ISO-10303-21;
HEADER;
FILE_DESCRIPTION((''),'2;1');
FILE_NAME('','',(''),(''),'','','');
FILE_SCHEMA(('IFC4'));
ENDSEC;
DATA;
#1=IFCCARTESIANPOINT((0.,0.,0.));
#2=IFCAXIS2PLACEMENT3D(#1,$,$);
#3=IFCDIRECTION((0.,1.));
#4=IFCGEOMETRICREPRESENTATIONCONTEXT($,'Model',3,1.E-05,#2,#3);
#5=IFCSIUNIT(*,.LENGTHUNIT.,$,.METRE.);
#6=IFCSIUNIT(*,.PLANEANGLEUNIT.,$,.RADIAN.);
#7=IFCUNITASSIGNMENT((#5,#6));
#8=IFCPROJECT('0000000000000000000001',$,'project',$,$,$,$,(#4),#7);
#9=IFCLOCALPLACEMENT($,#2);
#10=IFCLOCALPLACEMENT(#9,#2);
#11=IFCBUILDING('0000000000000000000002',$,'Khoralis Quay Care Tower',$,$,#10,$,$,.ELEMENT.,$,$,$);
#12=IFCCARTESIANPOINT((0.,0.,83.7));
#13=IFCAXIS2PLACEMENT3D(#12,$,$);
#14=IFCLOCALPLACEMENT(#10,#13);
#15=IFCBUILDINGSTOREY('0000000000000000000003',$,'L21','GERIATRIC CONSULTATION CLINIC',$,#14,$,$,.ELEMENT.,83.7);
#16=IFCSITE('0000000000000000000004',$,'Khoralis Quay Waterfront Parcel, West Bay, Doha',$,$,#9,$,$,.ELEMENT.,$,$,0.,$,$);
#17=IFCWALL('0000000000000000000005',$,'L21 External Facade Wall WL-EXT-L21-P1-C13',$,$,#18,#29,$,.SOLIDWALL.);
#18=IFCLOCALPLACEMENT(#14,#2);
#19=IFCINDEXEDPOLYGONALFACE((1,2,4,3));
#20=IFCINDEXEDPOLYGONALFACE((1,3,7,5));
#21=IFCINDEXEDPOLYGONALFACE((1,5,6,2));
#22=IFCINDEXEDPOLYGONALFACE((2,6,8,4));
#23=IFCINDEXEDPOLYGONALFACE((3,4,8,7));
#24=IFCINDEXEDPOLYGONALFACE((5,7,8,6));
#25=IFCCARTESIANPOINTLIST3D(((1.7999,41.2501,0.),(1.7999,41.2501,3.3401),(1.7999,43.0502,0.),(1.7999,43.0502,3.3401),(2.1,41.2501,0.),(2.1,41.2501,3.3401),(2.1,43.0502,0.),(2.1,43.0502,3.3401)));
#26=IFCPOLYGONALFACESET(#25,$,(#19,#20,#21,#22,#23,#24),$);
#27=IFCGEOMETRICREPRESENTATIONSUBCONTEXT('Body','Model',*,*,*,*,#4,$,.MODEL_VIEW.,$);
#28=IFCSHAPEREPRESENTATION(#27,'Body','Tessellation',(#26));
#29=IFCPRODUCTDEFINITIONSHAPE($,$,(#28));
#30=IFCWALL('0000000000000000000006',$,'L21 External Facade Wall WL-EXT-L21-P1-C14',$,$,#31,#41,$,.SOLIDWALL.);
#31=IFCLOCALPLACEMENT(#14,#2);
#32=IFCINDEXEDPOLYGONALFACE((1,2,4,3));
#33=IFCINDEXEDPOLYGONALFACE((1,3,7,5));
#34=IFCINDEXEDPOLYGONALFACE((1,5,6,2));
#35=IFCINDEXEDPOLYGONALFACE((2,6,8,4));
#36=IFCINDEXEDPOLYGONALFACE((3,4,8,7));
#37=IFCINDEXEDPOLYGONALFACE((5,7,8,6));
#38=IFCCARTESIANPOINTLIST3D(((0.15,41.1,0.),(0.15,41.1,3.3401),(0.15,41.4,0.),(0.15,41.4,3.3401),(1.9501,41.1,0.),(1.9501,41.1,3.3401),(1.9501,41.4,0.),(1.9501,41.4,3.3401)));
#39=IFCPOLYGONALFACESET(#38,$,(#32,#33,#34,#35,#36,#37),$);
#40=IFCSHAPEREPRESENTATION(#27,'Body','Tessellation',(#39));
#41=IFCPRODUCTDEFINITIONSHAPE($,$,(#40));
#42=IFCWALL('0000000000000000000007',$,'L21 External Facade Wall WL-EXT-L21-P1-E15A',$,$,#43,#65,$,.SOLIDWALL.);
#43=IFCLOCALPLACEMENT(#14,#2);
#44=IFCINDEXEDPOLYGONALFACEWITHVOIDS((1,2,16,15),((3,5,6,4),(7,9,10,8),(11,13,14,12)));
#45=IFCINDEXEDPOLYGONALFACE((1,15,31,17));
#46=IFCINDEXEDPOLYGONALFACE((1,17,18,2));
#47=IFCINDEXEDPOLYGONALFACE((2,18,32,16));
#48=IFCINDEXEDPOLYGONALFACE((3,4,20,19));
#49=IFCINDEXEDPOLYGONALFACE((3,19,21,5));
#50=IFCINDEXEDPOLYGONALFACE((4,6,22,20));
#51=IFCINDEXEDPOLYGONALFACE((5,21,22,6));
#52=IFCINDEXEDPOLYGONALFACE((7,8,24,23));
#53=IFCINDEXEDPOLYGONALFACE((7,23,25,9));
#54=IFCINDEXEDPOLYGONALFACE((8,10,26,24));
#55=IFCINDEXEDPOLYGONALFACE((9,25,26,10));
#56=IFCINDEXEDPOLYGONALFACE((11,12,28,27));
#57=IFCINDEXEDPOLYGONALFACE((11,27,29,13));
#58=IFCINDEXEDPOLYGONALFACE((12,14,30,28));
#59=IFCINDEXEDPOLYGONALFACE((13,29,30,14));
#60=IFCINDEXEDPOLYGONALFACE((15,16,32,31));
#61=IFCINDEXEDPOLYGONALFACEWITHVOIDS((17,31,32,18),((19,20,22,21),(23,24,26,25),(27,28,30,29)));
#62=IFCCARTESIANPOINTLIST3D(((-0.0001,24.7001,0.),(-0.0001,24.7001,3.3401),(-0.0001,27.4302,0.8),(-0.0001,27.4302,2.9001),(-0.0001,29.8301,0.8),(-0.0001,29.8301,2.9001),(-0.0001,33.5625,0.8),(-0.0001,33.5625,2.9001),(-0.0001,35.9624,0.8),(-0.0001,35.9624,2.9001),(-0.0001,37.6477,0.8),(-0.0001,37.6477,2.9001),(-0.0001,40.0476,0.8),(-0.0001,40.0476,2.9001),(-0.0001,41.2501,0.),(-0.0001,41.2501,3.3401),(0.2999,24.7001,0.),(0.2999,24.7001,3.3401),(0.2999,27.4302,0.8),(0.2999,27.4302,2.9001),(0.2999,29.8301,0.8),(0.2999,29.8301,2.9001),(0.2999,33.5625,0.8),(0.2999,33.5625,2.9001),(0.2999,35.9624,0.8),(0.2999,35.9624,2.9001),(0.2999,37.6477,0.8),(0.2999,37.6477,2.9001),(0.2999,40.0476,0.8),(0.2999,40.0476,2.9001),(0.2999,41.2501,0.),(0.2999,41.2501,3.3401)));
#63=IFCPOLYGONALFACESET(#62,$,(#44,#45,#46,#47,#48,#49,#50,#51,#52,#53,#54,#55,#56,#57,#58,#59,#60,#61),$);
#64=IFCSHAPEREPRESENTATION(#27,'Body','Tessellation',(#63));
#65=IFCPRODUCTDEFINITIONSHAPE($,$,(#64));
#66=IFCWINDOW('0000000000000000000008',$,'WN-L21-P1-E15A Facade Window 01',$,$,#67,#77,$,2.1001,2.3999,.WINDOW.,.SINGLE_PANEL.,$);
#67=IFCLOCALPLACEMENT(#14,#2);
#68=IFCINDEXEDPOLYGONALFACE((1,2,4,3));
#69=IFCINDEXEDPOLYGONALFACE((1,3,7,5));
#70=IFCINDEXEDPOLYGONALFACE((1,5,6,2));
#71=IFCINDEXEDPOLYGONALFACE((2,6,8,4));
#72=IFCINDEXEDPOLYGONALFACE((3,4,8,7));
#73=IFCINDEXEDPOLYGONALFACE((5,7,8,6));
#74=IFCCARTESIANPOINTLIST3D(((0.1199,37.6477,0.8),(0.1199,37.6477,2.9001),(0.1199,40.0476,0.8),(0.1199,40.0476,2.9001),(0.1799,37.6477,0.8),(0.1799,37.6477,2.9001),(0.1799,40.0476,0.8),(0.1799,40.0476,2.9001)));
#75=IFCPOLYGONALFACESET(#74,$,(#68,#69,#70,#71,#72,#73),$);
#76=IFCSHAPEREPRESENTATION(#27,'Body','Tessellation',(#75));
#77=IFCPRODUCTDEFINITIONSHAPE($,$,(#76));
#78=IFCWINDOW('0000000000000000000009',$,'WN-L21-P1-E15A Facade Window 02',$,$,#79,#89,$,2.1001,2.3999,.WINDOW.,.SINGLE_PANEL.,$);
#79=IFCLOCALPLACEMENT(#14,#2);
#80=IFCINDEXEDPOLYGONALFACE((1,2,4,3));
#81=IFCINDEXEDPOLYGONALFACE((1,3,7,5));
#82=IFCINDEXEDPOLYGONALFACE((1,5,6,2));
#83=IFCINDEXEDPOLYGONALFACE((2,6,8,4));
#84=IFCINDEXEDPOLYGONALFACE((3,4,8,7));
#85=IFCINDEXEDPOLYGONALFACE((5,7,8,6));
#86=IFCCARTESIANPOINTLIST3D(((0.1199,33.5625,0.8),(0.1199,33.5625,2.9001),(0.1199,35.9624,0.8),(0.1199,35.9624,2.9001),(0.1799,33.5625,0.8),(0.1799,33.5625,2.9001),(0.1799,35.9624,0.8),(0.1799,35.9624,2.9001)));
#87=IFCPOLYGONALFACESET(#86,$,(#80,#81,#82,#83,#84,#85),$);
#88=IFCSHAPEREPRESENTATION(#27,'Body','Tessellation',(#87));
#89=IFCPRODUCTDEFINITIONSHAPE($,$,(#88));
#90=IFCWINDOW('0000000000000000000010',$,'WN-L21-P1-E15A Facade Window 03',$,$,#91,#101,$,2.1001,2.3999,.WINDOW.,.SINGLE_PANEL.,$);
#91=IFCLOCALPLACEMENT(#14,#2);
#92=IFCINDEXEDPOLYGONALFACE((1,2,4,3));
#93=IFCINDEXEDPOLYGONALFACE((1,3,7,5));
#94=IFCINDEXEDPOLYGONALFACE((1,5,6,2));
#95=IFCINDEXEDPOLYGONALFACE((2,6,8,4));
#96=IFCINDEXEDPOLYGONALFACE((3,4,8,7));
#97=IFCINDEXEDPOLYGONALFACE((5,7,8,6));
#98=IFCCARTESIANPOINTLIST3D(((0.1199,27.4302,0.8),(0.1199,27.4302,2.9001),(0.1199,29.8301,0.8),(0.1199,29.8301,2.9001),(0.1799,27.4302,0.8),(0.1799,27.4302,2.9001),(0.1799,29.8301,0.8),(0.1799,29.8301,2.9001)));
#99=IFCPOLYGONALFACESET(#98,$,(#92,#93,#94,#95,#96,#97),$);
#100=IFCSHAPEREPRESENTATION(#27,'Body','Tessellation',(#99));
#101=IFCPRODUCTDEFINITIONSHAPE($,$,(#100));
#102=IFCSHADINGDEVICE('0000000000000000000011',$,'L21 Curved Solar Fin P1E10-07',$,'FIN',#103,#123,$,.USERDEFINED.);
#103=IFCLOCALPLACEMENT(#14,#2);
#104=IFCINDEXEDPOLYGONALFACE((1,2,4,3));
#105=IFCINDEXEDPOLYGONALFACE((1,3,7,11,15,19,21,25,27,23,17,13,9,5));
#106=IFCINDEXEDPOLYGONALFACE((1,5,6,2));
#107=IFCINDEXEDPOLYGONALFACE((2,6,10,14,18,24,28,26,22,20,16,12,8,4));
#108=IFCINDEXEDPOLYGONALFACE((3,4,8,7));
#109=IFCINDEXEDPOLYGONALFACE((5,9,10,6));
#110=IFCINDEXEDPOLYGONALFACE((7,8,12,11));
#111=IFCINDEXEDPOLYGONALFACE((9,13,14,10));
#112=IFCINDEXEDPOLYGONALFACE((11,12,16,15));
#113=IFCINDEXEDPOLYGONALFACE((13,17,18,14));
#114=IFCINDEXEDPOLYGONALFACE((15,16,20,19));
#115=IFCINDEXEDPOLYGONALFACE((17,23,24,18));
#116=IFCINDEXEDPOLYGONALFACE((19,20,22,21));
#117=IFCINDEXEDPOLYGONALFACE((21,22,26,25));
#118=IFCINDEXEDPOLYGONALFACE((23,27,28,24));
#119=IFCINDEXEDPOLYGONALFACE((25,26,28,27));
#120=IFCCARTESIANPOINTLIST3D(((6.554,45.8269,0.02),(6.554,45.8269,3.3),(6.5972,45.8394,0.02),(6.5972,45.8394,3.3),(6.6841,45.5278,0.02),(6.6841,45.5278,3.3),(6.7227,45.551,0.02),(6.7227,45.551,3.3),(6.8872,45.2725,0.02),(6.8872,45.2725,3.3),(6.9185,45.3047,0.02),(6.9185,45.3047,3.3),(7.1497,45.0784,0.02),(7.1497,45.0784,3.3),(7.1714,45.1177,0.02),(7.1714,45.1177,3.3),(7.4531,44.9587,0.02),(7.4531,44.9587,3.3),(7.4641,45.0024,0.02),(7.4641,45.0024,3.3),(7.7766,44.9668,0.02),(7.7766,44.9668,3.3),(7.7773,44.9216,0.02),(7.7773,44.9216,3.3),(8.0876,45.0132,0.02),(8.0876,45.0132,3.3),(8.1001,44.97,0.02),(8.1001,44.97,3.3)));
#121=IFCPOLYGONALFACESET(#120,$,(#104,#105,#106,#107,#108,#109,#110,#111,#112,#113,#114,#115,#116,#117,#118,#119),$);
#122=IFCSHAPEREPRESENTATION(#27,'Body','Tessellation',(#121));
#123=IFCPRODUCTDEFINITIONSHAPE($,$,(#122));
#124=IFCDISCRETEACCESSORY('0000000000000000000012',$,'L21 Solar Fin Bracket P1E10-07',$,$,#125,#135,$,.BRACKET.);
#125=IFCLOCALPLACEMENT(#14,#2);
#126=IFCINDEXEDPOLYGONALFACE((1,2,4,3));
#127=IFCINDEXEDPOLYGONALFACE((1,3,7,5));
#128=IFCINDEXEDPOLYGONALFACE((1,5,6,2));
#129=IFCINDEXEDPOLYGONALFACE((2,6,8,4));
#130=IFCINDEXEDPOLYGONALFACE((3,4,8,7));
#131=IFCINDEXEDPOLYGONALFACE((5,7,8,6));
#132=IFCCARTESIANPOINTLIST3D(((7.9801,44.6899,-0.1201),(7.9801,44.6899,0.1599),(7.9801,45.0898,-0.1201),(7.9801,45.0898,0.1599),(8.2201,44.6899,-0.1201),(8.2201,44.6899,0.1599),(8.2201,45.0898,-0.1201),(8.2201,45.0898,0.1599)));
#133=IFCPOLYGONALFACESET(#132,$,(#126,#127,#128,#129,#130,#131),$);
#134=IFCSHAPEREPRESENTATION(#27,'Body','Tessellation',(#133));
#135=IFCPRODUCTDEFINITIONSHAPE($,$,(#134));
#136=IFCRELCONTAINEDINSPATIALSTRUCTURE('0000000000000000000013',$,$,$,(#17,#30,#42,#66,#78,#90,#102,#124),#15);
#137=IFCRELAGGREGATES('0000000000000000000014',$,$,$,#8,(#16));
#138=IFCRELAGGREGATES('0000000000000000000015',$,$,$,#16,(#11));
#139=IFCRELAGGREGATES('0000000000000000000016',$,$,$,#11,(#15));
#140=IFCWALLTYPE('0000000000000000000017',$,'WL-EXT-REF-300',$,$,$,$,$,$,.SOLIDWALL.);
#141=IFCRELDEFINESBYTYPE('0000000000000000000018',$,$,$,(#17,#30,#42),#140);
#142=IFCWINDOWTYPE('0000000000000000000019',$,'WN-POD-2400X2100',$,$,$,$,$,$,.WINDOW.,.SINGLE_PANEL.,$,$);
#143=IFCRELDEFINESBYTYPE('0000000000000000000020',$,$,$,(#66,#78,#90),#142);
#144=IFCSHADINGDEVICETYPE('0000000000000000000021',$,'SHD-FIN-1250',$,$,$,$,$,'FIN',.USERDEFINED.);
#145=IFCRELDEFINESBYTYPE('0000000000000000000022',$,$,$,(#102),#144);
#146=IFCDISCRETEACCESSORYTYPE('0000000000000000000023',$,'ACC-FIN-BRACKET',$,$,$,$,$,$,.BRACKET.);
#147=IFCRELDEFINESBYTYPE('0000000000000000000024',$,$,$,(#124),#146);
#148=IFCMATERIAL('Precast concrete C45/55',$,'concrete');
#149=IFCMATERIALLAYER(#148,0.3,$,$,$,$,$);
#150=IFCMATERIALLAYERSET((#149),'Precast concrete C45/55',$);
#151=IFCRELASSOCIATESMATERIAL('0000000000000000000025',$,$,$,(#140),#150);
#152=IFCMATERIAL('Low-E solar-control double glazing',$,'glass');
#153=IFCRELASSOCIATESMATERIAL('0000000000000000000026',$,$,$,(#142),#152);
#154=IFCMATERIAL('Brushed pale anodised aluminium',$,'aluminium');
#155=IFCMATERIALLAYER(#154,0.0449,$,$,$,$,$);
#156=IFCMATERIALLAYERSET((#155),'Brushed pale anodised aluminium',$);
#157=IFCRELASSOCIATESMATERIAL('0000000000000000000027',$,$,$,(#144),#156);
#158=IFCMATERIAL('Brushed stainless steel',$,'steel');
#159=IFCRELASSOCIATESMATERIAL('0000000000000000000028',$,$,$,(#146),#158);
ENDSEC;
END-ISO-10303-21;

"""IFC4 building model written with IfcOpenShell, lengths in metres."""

from ifc_helpers import new_model, si_unit, direction, frame, frame_2d, origin, origin_2d, place, context, subcontext, project, spatial, polyline, rectangle, outline, extrude, source, transform, mapped, material, layer, layer_set, type_object, element, fill, save


model = new_model("IFC4")

# Units and contexts
model_context = context("Model", 3, precision=1e-05, world=origin(), true_north=direction((0.0, 1.0)))
body_context = subcontext(model_context, "Body", "Model", "MODEL_VIEW")
ifc_project = project(units=[si_unit("LENGTHUNIT", "METRE"), si_unit("PLANEANGLEUNIT", "RADIAN")], contexts=[model_context])

# Site, building, storey
site_placement = place(None, origin())
site = spatial("IfcSite", under=ifc_project, at=site_placement, Name="Khoralis Quay Waterfront Parcel, West Bay, Doha", CompositionType="ELEMENT", RefElevation=0.0)
building_placement = place(site_placement, origin())
building = spatial("IfcBuilding", under=site, at=building_placement, Name="Khoralis Quay Care Tower", CompositionType="ELEMENT")
storey_placement = place(building_placement, frame((0.0, 0.0, 83.7)))
storey = spatial("IfcBuildingStorey", under=building, at=storey_placement, Name="L21", Description="GERIATRIC CONSULTATION CLINIC", CompositionType="ELEMENT", Elevation=83.7)

# Walls
ifc_material_1 = material(Name="Precast concrete C45/55", Category="concrete")
ifc_layer_1 = layer(ifc_material_1, 0.3)
ifc_layer_set_1 = layer_set([ifc_layer_1], Name="Precast concrete C45/55")
wall_type = type_object("IfcWallType", Name="WL-EXT-REF-300", PredefinedType="SOLIDWALL", material=ifc_layer_set_1)
for number, where, z_axis, x_axis, name in (
    (1, (1.95, 43.05, 0.0), (0.0, 0.0, 1.0), (0.0, -1.0, 0.0), "L21 External Facade Wall WL-EXT-L21-P1-C13"),
    (2, (1.95, 41.25, 0.0), (0.0, 0.0, 1.0), (-1.0, 0.0, 0.0), "L21 External Facade Wall WL-EXT-L21-P1-C14"),
):
    element("IfcWall", number, at=place(storey_placement, frame(where, z_axis=z_axis, x_axis=x_axis)), inside=storey, type_object=wall_type, Name=name, PredefinedType="SOLIDWALL", context=body_context, shape_type="SweptSolid", body=[
        extrude(rectangle(XDim=1.8, YDim=0.3, at=frame_2d((0.8999, 0.0))), origin(), (0.0, 0.0, 1.0), 3.3401),
    ])

# Wall, openings, windows
wall_placement = place(storey_placement, frame((0.1499, 41.25, 0.0), z_axis=(0.0, 0.0, 1.0), x_axis=(0.0, -1.0, 0.0)))
wall = element("IfcWall", 3, at=wall_placement, inside=storey, type_object=wall_type, Name="L21 External Facade Wall WL-EXT-L21-P1-E15A", PredefinedType="SOLIDWALL", context=body_context, shape_type="SweptSolid", body=[
    extrude(rectangle(XDim=16.55, YDim=0.3, at=frame_2d((8.2749, 0.0))), origin(), (0.0, 0.0, 1.0), 3.3401),
])
opening_1_placement = place(wall_placement, frame((1.2024, 0.0, 0.8)))
opening_1 = element("IfcOpeningElement", 4, at=opening_1_placement, cuts=wall, PredefinedType="OPENING", context=body_context, shape_type="SweptSolid", body=[
    extrude(rectangle(XDim=2.3999, YDim=2.1001, at=frame_2d((1.2, 1.05))), frame((0.0, 0.1602, 0.0), z_axis=(0.0, -1.0, 0.0), x_axis=(1.0, 0.0, 0.0)), (0.0, 0.0, 1.0), 0.3201),
])
opening_2_placement = place(wall_placement, frame((5.2876, 0.0, 0.8)))
opening_2 = element("IfcOpeningElement", 5, at=opening_2_placement, cuts=wall, PredefinedType="OPENING", context=body_context, shape_type="SweptSolid", body=[
    extrude(rectangle(XDim=2.3999, YDim=2.1001, at=frame_2d((1.2, 1.05))), frame((0.0, 0.1602, 0.0), z_axis=(0.0, -1.0, 0.0), x_axis=(1.0, 0.0, 0.0)), (0.0, 0.0, 1.0), 0.3201),
])
opening_3_placement = place(wall_placement, frame((11.4199, 0.0, 0.8)))
opening_3 = element("IfcOpeningElement", 6, at=opening_3_placement, cuts=wall, PredefinedType="OPENING", context=body_context, shape_type="SweptSolid", body=[
    extrude(rectangle(XDim=2.3999, YDim=2.1001, at=frame_2d((1.2, 1.05))), frame((0.0, 0.1602, 0.0), z_axis=(0.0, -1.0, 0.0), x_axis=(1.0, 0.0, 0.0)), (0.0, 0.0, 1.0), 0.3201),
])
ifc_material_2 = material(Name="Low-E solar-control double glazing", Category="glass")
window_type = type_object("IfcWindowType", Name="WN-POD-2400X2100", PartitioningType="SINGLE_PANEL", PredefinedType="WINDOW", material=ifc_material_2)
shared_shape_1 = source(origin(), body_context, "Body", "SweptSolid", [
    extrude(rectangle(XDim=2.3999, YDim=2.1001, at=frame_2d((1.2, 1.05))), frame((0.0, 0.03, 0.0), z_axis=(0.0, -1.0, 0.0), x_axis=(1.0, 0.0, 0.0)), (0.0, 0.0, 1.0), 0.0601),
])
window_1_placement = place(opening_1_placement, origin())
window_1 = element("IfcWindow", 7, at=window_1_placement, inside=storey, type_object=window_type, Name="WN-L21-P1-E15A Facade Window 01", OverallHeight=2.1001, OverallWidth=2.3999, PartitioningType="SINGLE_PANEL", PredefinedType="WINDOW", context=body_context, shape_type="MappedRepresentation", body=[
    mapped(shared_shape_1, transform((0.0, 0.0, 0.0), scale=1.0)),
])
fill(opening_1, window_1)
window_2_placement = place(opening_2_placement, origin())
window_2 = element("IfcWindow", 8, at=window_2_placement, inside=storey, type_object=window_type, Name="WN-L21-P1-E15A Facade Window 02", OverallHeight=2.1001, OverallWidth=2.3999, PartitioningType="SINGLE_PANEL", PredefinedType="WINDOW", context=body_context, shape_type="MappedRepresentation", body=[
    mapped(shared_shape_1, transform((0.0, 0.0, 0.0), scale=1.0)),
])
fill(opening_2, window_2)
window_3_placement = place(opening_3_placement, origin())
window_3 = element("IfcWindow", 9, at=window_3_placement, inside=storey, type_object=window_type, Name="WN-L21-P1-E15A Facade Window 03", OverallHeight=2.1001, OverallWidth=2.3999, PartitioningType="SINGLE_PANEL", PredefinedType="WINDOW", context=body_context, shape_type="MappedRepresentation", body=[
    mapped(shared_shape_1, transform((0.0, 0.0, 0.0), scale=1.0)),
])
fill(opening_3, window_3)

# Shading device
ifc_material_3 = material(Name="Brushed pale anodised aluminium", Category="aluminium")
ifc_layer_2 = layer(ifc_material_3, 0.0449)
ifc_layer_set_2 = layer_set([ifc_layer_2], Name="Brushed pale anodised aluminium")
shading_device_type = type_object("IfcShadingDeviceType", Name="SHD-FIN-1250", ElementType="FIN", PredefinedType="USERDEFINED", material=ifc_layer_set_2)
shared_shape_2 = source(origin(), body_context, "Body", "SweptSolid", [
    extrude(outline(polyline([(0.0, 0.0), (-0.0483, 0.3228), (-0.0112, 0.647), (0.1084, 0.9504), (0.3025, 1.2129), (0.5579, 1.416), (0.8569, 1.5461), (0.8694, 1.5029), (0.5811, 1.3774), (0.3347, 1.1816), (0.1477, 0.9287), (0.0325, 0.636), (-0.0032, 0.3235), (0.0432, 0.0125), (0.0, 0.0)])), origin(), (0.0, 0.0, 1.0), 3.28),
])
shading_device_placement = place(storey_placement, frame((8.1001, 44.97, 0.02), z_axis=(0.0, 0.0, 1.0), x_axis=(0.0, 1.0, 0.0)))
element("IfcShadingDevice", 10, at=shading_device_placement, inside=storey, type_object=shading_device_type, Name="L21 Curved Solar Fin P1E10-07", ObjectType="FIN", PredefinedType="USERDEFINED", context=body_context, shape_type="MappedRepresentation", body=[
    mapped(shared_shape_2, transform((0.0, 0.0, 0.0), scale=1.0)),
])

# Discrete accessory
ifc_material_4 = material(Name="Brushed stainless steel", Category="steel")
discrete_accessory_type = type_object("IfcDiscreteAccessoryType", Name="ACC-FIN-BRACKET", PredefinedType="BRACKET", material=ifc_material_4)
shared_shape_3 = source(origin(), body_context, "Body", "SweptSolid", [
    extrude(rectangle(XDim=0.3999, YDim=0.24, at=origin_2d()), origin(), (0.0, 0.0, 1.0), 0.28),
])
discrete_accessory_placement = place(storey_placement, frame((8.1001, 44.8899, -0.1201), z_axis=(0.0, 0.0, 1.0), x_axis=(0.0, 1.0, 0.0)))
element("IfcDiscreteAccessory", 11, at=discrete_accessory_placement, inside=storey, type_object=discrete_accessory_type, Name="L21 Solar Fin Bracket P1E10-07", PredefinedType="BRACKET", context=body_context, shape_type="MappedRepresentation", body=[
    mapped(shared_shape_3, transform((0.0, 0.0, 0.0), scale=1.0)),
])

save(model, "model.ifc")
